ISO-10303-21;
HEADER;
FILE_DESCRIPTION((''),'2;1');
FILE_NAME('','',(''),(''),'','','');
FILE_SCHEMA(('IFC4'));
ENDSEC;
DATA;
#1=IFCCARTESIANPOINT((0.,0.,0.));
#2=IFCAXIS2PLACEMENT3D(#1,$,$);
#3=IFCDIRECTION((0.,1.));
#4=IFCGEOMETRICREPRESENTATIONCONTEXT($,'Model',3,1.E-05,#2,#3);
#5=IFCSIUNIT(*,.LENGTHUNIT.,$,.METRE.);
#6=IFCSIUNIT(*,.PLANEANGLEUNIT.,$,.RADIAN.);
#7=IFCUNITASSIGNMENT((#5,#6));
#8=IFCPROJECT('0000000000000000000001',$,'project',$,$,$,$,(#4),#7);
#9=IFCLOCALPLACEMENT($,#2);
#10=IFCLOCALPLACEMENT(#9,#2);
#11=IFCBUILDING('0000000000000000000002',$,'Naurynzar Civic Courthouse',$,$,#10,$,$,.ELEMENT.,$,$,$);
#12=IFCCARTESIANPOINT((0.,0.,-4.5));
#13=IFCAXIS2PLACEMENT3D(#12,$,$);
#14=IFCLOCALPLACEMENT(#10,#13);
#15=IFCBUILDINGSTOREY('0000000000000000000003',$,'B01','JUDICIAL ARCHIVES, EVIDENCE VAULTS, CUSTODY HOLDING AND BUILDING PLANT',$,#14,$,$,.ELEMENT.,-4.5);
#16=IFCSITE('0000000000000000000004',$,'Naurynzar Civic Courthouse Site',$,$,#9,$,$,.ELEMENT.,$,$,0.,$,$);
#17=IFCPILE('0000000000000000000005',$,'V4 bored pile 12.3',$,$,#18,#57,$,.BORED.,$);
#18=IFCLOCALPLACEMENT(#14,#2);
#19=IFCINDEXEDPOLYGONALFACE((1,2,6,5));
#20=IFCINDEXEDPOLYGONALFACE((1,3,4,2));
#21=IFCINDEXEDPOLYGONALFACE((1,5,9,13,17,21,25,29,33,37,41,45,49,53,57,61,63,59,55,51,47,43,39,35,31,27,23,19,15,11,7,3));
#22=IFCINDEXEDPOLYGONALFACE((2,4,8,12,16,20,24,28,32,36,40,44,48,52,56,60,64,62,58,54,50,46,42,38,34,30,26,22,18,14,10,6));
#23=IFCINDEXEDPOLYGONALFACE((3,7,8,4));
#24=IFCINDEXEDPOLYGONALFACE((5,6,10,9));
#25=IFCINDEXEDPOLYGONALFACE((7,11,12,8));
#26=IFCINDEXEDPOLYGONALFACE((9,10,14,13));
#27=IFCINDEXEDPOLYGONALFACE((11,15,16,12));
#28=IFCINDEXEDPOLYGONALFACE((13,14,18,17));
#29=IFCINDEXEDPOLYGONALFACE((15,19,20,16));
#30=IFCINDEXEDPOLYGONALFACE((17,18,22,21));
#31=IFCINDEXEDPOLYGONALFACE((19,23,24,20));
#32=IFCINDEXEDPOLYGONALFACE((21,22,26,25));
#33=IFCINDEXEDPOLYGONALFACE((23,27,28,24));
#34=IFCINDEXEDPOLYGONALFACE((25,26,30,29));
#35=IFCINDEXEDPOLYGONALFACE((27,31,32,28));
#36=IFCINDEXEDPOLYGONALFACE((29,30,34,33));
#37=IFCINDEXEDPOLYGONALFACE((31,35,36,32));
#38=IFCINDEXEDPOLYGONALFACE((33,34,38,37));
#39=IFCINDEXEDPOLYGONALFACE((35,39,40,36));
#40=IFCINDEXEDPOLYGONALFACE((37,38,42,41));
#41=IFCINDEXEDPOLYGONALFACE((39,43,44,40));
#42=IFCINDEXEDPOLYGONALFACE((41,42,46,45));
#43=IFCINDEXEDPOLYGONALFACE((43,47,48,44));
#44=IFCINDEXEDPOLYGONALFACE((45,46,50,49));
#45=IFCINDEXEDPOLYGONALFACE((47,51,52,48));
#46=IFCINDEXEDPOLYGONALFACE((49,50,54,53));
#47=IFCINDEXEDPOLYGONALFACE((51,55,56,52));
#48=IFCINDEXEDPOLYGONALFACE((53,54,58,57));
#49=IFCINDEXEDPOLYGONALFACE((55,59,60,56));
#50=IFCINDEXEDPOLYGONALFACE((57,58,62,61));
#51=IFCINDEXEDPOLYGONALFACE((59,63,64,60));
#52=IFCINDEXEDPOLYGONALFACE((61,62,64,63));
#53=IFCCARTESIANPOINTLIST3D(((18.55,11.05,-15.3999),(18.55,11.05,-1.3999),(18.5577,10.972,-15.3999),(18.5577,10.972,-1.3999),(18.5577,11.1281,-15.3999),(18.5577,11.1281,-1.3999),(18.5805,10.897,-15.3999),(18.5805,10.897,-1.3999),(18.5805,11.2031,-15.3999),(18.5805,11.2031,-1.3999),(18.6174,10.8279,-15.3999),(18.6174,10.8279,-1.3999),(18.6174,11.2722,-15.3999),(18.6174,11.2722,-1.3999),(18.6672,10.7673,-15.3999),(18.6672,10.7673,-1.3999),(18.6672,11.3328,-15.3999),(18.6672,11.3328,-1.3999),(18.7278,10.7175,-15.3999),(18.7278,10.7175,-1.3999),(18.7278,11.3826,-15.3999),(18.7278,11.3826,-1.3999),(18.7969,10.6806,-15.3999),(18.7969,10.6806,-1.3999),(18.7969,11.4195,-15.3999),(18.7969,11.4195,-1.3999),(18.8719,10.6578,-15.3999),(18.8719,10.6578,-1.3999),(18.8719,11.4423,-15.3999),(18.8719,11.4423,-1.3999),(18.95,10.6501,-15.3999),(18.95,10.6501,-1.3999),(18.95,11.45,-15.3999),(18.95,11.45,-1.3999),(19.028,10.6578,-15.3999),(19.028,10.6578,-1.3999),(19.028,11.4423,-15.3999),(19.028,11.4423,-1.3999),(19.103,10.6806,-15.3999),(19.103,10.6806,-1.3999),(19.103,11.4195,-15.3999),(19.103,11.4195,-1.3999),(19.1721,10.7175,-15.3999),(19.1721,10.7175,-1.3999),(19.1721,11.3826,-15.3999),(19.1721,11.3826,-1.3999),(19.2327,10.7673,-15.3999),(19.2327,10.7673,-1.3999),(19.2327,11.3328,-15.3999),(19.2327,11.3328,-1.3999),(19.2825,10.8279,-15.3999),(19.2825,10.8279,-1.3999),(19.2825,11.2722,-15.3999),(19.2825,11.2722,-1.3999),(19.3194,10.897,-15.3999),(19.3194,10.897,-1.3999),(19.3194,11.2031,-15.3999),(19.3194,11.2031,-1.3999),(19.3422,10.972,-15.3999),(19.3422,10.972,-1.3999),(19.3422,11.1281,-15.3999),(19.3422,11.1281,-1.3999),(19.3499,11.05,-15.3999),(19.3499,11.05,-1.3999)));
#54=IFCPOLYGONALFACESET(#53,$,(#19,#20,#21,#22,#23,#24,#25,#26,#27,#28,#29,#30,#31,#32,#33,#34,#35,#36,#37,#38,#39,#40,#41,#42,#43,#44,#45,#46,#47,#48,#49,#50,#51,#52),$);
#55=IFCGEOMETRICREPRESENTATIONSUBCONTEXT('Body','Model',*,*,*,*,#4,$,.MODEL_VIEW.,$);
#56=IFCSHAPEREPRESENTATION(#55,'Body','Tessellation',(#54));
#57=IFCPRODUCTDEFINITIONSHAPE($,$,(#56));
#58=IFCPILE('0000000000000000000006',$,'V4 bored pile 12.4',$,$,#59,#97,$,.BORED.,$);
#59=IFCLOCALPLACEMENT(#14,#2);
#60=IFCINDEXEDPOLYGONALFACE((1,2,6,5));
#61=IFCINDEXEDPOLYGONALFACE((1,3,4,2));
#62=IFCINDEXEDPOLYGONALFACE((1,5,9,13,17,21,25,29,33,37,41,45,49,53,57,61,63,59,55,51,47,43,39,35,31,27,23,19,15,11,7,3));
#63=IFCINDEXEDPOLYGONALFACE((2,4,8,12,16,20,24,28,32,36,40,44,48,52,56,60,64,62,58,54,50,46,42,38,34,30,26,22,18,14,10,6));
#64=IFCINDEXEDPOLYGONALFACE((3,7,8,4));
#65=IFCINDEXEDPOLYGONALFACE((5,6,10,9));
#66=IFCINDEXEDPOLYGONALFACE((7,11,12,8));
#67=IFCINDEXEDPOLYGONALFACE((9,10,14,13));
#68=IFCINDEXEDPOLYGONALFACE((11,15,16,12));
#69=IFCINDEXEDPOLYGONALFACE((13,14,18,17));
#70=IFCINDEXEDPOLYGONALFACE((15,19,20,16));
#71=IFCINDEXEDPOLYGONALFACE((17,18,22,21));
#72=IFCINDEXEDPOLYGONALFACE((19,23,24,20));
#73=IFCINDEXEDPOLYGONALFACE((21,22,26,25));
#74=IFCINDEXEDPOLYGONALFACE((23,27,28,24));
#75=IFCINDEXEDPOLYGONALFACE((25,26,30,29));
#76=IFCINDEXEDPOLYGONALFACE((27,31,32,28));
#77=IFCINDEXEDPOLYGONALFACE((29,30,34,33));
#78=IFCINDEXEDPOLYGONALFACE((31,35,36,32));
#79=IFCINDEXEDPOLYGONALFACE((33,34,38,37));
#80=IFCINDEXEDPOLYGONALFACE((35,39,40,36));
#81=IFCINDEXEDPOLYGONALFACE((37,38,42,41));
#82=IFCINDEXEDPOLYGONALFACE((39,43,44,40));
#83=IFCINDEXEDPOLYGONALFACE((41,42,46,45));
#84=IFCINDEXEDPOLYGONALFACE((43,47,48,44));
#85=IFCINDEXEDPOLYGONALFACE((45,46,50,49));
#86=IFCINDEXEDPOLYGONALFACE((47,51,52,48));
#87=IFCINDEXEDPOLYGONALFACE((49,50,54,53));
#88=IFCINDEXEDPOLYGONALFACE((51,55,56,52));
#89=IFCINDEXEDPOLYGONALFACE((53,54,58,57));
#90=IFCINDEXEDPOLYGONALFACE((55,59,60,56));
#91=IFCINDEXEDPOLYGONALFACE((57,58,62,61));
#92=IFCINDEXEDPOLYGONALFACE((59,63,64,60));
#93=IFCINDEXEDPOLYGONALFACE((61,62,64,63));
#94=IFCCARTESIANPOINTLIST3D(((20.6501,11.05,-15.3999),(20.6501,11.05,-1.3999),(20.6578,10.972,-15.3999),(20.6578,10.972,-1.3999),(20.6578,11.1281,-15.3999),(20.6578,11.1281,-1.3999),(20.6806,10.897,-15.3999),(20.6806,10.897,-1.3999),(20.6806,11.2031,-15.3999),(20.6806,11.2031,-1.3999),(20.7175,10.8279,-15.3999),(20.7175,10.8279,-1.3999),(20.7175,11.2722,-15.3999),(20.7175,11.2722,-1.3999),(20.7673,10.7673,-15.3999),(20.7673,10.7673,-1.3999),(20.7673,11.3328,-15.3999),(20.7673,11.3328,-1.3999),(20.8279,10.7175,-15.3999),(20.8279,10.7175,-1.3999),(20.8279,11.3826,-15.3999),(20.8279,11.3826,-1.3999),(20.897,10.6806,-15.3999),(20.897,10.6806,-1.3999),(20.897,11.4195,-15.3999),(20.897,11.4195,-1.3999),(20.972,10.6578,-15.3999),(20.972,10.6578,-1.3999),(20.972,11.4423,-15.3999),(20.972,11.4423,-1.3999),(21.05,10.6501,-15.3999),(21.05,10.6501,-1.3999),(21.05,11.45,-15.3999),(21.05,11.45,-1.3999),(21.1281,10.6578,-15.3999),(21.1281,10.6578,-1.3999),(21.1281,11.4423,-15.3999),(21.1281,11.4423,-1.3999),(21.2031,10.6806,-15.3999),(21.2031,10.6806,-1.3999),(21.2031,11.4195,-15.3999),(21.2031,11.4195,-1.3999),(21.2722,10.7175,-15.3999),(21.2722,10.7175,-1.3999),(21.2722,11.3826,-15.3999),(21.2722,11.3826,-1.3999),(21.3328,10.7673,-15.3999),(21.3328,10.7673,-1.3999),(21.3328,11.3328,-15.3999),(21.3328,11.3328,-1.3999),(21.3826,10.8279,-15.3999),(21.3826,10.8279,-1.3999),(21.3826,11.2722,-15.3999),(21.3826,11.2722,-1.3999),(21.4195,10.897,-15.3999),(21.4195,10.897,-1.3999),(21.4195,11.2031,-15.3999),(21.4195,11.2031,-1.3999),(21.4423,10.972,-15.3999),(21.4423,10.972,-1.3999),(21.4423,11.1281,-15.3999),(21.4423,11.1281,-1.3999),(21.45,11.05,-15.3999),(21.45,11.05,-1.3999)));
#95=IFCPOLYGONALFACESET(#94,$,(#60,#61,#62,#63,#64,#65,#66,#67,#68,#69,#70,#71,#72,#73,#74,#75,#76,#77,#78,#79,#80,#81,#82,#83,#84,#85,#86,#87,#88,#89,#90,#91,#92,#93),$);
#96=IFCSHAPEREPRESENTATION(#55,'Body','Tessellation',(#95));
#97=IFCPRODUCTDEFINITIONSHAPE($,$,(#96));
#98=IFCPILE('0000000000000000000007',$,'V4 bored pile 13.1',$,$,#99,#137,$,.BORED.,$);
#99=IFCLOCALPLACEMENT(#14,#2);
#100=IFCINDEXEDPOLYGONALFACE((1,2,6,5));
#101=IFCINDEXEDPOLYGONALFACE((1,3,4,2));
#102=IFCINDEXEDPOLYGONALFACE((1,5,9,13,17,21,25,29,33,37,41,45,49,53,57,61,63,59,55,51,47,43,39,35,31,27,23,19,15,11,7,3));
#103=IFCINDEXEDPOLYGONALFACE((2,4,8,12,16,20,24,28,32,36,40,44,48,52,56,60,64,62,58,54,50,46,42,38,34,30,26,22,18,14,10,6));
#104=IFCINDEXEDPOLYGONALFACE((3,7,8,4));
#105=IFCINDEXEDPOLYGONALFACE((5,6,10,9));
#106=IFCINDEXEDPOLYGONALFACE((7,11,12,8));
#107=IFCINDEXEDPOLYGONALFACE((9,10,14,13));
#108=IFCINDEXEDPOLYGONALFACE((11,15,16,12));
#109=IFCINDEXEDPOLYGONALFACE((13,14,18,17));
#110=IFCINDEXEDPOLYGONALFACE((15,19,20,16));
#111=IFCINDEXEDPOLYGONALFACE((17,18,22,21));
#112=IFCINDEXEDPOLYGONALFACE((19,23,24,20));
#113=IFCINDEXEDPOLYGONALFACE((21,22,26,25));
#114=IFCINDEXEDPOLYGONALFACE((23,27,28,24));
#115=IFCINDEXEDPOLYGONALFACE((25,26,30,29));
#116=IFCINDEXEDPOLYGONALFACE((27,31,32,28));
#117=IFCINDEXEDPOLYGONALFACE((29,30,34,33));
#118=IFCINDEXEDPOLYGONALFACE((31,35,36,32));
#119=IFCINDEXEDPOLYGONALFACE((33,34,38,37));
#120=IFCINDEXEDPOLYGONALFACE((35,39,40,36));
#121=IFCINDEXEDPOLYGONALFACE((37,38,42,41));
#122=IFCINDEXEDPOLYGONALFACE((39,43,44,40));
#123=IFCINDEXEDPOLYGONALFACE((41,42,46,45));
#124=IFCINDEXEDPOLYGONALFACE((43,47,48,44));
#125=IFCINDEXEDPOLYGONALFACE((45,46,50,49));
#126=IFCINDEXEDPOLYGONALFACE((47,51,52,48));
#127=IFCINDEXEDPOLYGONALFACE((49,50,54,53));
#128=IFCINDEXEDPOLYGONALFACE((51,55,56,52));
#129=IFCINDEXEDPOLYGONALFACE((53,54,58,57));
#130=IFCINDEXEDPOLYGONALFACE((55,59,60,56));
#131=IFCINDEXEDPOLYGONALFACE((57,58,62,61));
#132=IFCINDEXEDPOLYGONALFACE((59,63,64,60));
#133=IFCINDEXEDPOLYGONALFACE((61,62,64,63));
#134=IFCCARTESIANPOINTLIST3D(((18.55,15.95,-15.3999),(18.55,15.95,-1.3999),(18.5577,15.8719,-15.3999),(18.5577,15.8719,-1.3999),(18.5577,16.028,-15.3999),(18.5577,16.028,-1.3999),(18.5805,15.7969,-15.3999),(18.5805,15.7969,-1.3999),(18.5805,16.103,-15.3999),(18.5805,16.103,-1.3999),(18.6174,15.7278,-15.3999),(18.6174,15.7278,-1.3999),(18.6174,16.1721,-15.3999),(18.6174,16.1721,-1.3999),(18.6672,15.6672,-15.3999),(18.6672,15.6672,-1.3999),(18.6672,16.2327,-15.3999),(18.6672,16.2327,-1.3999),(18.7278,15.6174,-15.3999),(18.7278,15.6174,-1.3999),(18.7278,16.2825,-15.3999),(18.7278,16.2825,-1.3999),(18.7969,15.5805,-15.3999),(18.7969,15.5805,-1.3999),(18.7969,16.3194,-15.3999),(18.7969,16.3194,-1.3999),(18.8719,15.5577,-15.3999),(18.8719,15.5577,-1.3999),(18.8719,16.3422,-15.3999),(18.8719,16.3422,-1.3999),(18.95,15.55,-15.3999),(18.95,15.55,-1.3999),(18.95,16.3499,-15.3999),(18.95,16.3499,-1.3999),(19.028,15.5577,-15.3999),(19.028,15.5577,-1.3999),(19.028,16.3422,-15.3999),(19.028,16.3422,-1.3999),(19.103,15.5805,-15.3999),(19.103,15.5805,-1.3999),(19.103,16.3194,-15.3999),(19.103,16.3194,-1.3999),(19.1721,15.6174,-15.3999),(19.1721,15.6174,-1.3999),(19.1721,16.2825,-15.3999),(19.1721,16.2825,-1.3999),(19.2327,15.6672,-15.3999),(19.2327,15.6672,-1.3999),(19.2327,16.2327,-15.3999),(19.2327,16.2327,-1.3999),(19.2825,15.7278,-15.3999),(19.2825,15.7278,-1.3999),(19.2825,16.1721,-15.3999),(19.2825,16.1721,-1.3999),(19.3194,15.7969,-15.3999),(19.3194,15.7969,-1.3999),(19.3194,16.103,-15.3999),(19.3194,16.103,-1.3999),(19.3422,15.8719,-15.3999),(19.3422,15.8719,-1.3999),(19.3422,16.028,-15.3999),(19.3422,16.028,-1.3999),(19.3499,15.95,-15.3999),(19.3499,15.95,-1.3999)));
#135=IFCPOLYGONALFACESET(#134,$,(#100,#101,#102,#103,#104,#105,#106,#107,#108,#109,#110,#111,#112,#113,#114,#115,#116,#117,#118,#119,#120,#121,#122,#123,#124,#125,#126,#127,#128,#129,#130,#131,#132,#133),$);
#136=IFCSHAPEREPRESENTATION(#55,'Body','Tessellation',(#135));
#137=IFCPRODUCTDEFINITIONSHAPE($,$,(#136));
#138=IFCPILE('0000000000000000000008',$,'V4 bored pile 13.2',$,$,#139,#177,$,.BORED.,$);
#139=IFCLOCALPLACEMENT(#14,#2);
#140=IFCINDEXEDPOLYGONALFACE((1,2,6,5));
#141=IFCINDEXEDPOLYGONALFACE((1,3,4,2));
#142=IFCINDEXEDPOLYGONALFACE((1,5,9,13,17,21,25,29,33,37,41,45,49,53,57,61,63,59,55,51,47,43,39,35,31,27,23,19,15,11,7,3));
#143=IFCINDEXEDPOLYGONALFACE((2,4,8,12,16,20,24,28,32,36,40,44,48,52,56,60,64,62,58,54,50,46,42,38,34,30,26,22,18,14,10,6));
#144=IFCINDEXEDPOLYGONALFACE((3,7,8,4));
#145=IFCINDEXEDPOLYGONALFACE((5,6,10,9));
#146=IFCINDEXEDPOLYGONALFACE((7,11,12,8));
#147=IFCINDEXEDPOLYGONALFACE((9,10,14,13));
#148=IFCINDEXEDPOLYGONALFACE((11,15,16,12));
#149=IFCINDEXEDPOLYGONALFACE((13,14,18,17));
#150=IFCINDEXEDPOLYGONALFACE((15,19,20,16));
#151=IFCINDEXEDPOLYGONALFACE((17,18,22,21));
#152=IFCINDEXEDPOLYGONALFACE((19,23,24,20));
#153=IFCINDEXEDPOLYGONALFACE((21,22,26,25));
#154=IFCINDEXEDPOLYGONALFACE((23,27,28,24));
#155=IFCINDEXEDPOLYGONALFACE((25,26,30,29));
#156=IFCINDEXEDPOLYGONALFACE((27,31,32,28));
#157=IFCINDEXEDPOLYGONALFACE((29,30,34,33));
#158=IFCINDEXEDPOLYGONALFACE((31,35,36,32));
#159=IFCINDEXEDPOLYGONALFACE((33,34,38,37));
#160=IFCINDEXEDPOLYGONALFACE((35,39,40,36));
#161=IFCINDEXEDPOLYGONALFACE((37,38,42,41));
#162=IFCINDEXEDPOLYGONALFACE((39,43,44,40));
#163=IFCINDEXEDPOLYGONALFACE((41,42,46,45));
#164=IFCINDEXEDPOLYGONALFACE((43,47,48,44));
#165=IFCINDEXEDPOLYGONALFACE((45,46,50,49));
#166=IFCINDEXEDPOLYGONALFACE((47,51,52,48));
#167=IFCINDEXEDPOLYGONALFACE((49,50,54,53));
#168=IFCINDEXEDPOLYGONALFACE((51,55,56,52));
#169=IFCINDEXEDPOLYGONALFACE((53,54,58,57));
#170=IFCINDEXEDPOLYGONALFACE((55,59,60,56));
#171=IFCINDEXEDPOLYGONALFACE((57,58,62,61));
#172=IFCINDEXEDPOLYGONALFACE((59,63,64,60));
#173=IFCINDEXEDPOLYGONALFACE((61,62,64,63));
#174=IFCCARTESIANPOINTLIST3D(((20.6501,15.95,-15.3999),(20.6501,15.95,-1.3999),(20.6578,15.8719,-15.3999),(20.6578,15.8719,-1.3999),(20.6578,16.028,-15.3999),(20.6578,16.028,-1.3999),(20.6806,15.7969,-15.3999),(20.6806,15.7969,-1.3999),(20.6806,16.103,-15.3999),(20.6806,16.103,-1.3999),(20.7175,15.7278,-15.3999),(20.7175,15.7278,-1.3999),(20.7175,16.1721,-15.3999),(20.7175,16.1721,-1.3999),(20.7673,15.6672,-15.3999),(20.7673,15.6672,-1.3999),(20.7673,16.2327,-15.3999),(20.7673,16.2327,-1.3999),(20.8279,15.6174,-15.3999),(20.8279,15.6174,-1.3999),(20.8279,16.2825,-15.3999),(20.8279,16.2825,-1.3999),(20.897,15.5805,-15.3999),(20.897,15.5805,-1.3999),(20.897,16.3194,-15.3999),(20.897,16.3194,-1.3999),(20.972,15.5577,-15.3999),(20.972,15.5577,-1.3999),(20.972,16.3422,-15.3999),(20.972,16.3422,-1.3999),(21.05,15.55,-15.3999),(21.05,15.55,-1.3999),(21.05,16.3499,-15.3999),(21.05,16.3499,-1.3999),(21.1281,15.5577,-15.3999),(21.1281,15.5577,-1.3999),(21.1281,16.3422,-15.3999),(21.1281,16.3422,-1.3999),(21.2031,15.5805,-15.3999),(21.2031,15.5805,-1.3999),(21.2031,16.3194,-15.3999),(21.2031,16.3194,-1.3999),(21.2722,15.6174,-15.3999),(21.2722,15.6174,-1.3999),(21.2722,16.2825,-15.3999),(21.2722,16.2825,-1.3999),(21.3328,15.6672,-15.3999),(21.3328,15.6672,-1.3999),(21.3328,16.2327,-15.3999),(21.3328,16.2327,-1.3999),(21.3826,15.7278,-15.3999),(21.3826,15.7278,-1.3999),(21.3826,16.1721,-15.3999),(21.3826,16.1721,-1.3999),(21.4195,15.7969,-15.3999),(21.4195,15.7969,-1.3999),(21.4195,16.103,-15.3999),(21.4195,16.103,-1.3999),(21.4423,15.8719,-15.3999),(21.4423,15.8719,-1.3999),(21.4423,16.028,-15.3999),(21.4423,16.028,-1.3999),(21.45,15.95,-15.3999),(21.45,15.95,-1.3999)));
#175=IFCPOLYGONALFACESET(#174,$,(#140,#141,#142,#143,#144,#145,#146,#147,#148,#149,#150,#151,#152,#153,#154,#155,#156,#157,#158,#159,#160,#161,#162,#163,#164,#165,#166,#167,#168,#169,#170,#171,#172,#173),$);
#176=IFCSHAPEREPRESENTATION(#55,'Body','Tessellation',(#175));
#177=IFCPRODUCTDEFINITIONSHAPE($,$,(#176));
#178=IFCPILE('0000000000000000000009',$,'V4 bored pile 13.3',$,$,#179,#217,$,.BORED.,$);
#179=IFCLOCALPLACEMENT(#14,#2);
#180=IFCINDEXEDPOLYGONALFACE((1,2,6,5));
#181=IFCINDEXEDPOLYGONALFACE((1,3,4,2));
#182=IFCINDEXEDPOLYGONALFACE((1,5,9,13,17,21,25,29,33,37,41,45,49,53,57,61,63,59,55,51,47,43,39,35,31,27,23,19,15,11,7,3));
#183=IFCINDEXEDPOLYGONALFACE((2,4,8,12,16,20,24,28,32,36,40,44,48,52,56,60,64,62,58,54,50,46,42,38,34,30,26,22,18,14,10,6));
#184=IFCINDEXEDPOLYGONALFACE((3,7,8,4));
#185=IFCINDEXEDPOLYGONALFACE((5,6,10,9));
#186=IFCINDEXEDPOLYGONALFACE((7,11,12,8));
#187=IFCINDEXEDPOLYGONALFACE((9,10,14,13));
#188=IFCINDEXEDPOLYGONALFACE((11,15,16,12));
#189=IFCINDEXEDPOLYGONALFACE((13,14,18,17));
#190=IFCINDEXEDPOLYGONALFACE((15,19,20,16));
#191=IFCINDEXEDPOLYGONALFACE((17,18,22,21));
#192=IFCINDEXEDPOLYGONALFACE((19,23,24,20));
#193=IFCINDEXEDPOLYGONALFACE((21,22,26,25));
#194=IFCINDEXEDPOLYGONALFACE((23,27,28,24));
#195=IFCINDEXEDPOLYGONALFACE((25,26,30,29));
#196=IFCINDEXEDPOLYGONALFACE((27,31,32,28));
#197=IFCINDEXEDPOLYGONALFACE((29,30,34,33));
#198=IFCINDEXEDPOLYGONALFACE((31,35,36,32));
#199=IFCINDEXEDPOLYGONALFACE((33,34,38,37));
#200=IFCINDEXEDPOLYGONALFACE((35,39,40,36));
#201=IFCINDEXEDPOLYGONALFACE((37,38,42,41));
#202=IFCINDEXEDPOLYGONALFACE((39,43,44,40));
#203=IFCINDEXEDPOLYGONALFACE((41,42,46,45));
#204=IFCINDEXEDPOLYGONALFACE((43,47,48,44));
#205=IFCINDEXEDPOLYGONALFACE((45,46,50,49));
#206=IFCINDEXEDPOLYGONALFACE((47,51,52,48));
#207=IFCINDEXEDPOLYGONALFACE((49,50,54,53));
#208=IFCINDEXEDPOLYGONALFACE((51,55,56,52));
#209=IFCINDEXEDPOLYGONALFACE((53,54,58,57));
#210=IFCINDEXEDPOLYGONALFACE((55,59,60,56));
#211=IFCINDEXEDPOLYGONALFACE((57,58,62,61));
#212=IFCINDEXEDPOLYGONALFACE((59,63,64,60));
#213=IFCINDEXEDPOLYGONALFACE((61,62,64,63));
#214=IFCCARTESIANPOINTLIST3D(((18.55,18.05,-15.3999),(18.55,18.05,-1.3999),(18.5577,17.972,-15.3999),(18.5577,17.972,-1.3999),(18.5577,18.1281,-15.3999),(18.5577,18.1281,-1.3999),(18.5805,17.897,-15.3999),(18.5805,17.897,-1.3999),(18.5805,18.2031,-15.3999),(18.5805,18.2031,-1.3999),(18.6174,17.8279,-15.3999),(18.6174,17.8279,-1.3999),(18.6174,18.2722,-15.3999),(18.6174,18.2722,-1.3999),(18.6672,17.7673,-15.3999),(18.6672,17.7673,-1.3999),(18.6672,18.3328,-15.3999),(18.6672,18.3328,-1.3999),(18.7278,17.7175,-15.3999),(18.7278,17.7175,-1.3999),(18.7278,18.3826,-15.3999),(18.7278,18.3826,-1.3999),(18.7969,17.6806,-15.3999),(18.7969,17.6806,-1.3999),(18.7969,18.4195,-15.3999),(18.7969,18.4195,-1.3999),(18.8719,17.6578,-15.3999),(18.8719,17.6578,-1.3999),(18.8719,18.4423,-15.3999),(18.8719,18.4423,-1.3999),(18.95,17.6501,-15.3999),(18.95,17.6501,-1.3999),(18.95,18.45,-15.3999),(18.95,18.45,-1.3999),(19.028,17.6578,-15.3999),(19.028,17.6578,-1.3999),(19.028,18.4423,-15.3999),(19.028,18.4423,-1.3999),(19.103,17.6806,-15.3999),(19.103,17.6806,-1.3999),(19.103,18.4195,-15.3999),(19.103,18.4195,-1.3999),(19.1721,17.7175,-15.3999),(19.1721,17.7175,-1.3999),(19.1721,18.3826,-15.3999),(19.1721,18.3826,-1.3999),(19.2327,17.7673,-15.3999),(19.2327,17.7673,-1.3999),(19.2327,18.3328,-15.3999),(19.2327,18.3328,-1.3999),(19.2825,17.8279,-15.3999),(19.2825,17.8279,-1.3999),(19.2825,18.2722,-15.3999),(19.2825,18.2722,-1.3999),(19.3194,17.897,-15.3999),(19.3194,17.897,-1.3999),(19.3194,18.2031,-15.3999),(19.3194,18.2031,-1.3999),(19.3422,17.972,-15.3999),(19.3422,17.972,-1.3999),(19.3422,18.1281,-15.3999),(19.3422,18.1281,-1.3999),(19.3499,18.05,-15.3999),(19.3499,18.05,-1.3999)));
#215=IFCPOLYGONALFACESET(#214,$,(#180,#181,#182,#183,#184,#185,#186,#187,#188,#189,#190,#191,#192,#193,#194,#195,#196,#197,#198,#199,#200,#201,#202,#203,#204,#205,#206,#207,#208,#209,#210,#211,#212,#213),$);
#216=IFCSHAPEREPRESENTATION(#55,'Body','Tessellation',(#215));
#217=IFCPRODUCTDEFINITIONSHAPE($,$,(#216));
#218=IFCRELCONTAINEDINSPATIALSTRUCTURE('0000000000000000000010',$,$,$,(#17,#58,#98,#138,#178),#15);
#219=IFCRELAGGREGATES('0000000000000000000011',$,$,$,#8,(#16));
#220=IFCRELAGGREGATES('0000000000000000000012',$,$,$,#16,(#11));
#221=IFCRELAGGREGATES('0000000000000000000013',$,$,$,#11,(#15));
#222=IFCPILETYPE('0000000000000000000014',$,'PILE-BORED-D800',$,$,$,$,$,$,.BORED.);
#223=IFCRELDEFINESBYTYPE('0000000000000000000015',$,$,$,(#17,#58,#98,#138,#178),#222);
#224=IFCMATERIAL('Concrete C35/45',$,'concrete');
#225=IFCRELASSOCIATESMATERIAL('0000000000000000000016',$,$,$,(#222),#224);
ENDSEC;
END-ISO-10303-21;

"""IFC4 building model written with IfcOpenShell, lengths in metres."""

from ifc_helpers import new_model, si_unit, direction, frame, origin, origin_2d, place, context, subcontext, project, spatial, circle, extrude, material, material_profile, profile_set, type_object, element, save


model = new_model("IFC4")

# Units and contexts
model_context = context("Model", 3, precision=1e-05, world=origin(), true_north=direction((0.0, 1.0)))
body_context = subcontext(model_context, "Body", "Model", "MODEL_VIEW")
ifc_project = project(units=[si_unit("LENGTHUNIT", "METRE"), si_unit("PLANEANGLEUNIT", "RADIAN")], contexts=[model_context])

# Site, building, storey
site_placement = place(None, origin())
site = spatial("IfcSite", under=ifc_project, at=site_placement, Name="Naurynzar Civic Courthouse Site", CompositionType="ELEMENT", RefElevation=0.0)
building_placement = place(site_placement, origin())
building = spatial("IfcBuilding", under=site, at=building_placement, Name="Naurynzar Civic Courthouse", CompositionType="ELEMENT")
storey_placement = place(building_placement, frame((0.0, 0.0, -4.5)))
storey = spatial("IfcBuildingStorey", under=building, at=storey_placement, Name="B01", Description="JUDICIAL ARCHIVES, EVIDENCE VAULTS, CUSTODY HOLDING AND BUILDING PLANT", CompositionType="ELEMENT", Elevation=-4.5)

# Piles
ifc_material_1 = material(Name="Concrete C35/45", Category="concrete")
ifc_material_profile_1 = material_profile(ifc_material_1, circle(Radius=0.3999, at=origin_2d()), Name="PILE D800")
ifc_profile_set_1 = profile_set([ifc_material_profile_1], Name="Concrete C35/45")
pile_type = type_object("IfcPileType", Name="PILE-BORED-D800", PredefinedType="BORED", material=ifc_profile_set_1)
for number, where, z_axis, x_axis, name in (
    (1, (18.95, 11.05, -1.3999), (0.0, 0.0, -1.0), (1.0, 0.0, 0.0), "V4 bored pile 12.3"),
    (2, (21.05, 11.05, -1.3999), (0.0, 0.0, -1.0), (1.0, 0.0, 0.0), "V4 bored pile 12.4"),
    (3, (18.95, 15.95, -1.3999), (0.0, 0.0, -1.0), (1.0, 0.0, 0.0), "V4 bored pile 13.1"),
    (4, (21.05, 15.95, -1.3999), (0.0, 0.0, -1.0), (1.0, 0.0, 0.0), "V4 bored pile 13.2"),
    (5, (18.95, 18.05, -1.3999), (0.0, 0.0, -1.0), (1.0, 0.0, 0.0), "V4 bored pile 13.3"),
):
    element("IfcPile", number, at=place(storey_placement, frame(where, z_axis=z_axis, x_axis=x_axis)), inside=storey, type_object=pile_type, Name=name, PredefinedType="BORED", context=body_context, shape_type="SweptSolid", body=[
        extrude(circle(Radius=0.3999, at=origin_2d()), origin(), (0.0, 0.0, 1.0), 14.0),
    ])

save(model, "model.ifc")
